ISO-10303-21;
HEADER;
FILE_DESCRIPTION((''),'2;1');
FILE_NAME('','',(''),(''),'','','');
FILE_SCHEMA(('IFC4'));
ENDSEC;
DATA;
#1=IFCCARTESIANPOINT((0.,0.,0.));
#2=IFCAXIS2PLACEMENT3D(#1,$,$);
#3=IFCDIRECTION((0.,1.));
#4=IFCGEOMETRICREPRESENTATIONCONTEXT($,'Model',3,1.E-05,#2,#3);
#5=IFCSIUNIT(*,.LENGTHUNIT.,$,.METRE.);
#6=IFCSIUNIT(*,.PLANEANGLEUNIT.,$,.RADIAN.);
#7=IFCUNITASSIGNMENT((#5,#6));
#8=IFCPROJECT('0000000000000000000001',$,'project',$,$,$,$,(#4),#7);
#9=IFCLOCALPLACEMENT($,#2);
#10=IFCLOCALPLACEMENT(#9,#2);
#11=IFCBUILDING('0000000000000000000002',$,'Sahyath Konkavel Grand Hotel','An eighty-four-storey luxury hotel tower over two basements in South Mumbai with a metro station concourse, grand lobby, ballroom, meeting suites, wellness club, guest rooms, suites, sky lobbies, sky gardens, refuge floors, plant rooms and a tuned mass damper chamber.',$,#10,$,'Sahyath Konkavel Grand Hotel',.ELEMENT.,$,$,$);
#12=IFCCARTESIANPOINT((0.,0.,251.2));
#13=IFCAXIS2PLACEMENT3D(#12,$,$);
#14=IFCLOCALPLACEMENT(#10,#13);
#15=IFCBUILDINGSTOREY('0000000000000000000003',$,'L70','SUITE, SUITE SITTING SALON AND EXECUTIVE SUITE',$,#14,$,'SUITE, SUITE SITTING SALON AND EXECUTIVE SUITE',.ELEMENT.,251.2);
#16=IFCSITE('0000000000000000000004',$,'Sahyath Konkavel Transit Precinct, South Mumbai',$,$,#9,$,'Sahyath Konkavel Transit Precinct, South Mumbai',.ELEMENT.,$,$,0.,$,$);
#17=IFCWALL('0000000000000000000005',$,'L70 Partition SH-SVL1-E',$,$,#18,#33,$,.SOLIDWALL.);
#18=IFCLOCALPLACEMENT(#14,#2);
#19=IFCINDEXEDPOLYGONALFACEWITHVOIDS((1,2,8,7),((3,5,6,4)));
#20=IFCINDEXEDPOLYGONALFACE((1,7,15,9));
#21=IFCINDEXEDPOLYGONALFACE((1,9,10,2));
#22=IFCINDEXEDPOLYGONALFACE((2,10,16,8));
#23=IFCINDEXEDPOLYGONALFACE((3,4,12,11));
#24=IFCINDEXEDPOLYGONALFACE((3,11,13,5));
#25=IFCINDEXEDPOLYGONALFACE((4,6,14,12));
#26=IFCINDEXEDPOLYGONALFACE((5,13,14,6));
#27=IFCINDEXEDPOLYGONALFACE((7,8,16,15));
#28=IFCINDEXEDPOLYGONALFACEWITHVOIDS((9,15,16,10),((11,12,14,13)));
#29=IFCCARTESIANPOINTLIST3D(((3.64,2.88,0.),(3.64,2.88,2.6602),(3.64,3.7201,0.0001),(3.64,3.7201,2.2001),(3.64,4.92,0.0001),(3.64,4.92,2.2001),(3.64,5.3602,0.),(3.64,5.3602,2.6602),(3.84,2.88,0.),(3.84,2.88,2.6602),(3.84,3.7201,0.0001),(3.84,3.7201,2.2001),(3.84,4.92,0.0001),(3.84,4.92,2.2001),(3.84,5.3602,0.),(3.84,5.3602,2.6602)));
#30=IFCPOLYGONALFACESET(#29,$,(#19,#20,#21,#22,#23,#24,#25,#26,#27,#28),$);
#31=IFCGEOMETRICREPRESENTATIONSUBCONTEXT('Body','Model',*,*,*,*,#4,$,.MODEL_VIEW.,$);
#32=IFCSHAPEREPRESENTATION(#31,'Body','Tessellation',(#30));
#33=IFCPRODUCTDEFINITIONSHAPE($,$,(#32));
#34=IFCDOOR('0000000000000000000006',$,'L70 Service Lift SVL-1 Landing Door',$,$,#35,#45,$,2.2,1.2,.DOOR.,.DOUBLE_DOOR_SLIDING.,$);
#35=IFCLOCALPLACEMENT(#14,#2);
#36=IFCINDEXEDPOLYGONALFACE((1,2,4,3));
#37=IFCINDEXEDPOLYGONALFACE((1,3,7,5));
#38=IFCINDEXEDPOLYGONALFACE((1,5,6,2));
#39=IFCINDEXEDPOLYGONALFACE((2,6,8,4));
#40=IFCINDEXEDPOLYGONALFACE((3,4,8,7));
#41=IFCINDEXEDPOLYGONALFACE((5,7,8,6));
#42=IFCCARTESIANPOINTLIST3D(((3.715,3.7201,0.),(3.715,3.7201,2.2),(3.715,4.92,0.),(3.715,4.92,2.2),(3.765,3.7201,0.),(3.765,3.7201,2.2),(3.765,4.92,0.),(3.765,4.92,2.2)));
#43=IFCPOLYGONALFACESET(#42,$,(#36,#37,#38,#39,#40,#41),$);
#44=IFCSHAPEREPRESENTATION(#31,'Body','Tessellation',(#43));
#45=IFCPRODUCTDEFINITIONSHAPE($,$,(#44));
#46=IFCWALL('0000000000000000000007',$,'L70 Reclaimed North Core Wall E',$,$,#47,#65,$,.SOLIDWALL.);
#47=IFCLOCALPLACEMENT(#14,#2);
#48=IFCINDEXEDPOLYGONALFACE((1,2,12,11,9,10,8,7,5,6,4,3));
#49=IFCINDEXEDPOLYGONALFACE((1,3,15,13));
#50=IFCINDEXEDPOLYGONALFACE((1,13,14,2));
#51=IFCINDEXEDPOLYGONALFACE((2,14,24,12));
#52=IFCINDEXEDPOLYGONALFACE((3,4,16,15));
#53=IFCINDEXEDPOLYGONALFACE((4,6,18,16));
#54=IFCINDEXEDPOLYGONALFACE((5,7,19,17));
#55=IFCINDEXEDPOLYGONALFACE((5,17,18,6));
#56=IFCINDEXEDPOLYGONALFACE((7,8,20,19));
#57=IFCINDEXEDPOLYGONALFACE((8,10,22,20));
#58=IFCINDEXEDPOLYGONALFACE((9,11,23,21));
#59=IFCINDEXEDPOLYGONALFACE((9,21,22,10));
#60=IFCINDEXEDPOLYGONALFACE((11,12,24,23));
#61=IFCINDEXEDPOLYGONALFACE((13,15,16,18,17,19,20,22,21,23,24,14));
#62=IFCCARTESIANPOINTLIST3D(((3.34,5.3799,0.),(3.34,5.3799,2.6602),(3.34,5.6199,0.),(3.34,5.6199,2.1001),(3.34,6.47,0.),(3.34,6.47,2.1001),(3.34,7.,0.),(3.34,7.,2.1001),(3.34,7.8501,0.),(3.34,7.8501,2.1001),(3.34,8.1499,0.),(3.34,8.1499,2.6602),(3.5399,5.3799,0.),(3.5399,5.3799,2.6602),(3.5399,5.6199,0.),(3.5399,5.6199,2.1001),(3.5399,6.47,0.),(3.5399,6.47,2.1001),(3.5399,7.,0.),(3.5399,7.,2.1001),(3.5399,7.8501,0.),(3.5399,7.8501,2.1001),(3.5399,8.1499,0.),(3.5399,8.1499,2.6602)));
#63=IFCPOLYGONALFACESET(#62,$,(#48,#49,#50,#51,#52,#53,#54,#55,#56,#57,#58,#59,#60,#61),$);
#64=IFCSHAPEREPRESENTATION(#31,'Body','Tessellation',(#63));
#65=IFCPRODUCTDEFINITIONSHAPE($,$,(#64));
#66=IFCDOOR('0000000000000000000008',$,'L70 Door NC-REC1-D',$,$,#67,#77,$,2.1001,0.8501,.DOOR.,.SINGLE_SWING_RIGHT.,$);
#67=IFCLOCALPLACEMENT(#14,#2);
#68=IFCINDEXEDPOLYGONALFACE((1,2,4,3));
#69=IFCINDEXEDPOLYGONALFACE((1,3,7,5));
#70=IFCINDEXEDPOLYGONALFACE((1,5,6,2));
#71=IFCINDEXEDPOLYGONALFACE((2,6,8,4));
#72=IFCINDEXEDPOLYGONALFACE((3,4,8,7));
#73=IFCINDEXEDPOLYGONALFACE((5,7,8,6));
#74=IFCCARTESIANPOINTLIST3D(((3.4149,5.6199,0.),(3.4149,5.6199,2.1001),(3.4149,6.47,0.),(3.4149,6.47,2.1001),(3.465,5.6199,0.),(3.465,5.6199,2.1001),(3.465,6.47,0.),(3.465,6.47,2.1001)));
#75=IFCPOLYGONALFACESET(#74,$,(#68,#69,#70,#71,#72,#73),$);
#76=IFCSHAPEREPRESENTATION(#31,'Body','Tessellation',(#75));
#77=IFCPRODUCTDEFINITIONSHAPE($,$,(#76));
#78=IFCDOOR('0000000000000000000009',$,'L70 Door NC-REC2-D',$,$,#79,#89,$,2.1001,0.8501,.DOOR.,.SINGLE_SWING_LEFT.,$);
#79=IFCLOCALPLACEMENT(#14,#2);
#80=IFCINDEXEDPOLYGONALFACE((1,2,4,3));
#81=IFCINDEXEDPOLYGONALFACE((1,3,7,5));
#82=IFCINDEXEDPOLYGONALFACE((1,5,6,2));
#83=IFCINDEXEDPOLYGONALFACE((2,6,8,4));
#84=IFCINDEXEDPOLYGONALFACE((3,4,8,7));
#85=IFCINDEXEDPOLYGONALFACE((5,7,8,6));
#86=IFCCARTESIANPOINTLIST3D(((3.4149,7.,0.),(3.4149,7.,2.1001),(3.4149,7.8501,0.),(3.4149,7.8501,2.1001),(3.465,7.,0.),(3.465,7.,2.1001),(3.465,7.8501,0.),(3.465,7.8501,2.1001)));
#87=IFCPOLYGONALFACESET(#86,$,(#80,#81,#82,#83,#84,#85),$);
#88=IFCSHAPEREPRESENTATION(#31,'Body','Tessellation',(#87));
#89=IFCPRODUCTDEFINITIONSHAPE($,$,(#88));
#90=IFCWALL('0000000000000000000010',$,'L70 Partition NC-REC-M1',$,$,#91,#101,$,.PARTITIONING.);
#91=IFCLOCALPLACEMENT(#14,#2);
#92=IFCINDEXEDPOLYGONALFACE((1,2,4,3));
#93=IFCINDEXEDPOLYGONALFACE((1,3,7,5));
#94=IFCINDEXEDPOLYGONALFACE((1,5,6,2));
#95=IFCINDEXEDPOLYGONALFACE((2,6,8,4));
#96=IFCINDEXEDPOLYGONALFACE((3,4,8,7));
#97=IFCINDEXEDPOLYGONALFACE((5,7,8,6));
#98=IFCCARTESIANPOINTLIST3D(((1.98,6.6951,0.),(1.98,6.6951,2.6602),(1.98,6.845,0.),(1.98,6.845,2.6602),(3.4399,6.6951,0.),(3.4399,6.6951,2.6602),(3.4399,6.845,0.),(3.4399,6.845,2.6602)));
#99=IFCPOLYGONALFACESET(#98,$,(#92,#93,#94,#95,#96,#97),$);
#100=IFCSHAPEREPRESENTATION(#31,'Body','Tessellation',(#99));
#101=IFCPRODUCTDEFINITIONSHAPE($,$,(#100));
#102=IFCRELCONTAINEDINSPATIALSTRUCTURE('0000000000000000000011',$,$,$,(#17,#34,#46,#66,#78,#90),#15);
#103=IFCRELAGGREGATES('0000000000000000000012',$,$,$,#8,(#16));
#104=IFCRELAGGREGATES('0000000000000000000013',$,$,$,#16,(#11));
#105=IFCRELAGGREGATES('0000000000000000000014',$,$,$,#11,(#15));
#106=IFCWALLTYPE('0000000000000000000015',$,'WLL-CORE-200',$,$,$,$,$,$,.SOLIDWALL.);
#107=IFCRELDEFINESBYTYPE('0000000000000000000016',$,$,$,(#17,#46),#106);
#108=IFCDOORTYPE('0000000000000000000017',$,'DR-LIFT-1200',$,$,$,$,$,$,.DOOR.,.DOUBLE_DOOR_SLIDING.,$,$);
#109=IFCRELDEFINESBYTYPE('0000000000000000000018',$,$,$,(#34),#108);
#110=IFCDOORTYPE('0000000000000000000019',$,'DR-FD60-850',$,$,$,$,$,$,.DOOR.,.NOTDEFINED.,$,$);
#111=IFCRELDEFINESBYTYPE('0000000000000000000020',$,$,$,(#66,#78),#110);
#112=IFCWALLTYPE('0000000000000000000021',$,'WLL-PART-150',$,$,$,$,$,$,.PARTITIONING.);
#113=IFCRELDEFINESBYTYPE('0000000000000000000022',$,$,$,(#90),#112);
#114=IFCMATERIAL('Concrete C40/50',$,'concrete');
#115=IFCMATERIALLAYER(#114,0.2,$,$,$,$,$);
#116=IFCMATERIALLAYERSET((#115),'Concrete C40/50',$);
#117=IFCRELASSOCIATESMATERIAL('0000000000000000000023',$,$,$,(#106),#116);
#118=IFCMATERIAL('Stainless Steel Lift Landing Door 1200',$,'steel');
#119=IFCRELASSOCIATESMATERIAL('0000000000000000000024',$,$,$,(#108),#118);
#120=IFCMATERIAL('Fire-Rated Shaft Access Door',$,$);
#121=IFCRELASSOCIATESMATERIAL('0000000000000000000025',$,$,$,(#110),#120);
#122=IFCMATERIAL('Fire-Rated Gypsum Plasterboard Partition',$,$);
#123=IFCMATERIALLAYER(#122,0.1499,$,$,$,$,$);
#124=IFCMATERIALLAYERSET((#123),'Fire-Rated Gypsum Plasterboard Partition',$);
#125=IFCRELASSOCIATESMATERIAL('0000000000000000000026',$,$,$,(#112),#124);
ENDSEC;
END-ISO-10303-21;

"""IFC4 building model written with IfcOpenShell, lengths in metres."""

from ifc_helpers import new_model, si_unit, direction, frame, frame_2d, origin, origin_2d, place, context, subcontext, project, spatial, rectangle, extrude, source, transform, mapped, material, layer, layer_set, type_object, element, fill, save


model = new_model("IFC4")

# Units and contexts
model_context = context("Model", 3, precision=1e-05, world=origin(), true_north=direction((0.0, 1.0)))
body_context = subcontext(model_context, "Body", "Model", "MODEL_VIEW")
ifc_project = project(units=[si_unit("LENGTHUNIT", "METRE"), si_unit("PLANEANGLEUNIT", "RADIAN")], contexts=[model_context])

# Site, building, storey
site_placement = place(None, origin())
site = spatial("IfcSite", under=ifc_project, at=site_placement, Name="Sahyath Konkavel Transit Precinct, South Mumbai", LongName="Sahyath Konkavel Transit Precinct, South Mumbai", CompositionType="ELEMENT", RefElevation=0.0)
building_placement = place(site_placement, origin())
building = spatial("IfcBuilding", under=site, at=building_placement, Name="Sahyath Konkavel Grand Hotel", Description="An eighty-four-storey luxury hotel tower over two basements in South Mumbai with a metro station concourse, grand lobby, ballroom, meeting suites, wellness club, guest rooms, suites, sky lobbies, sky gardens, refuge floors, plant rooms and a tuned mass damper chamber.", LongName="Sahyath Konkavel Grand Hotel", CompositionType="ELEMENT")
storey_placement = place(building_placement, frame((0.0, 0.0, 251.2)))
storey = spatial("IfcBuildingStorey", under=building, at=storey_placement, Name="L70", Description="SUITE, SUITE SITTING SALON AND EXECUTIVE SUITE", LongName="SUITE, SUITE SITTING SALON AND EXECUTIVE SUITE", CompositionType="ELEMENT", Elevation=251.2)

# Shared definitions
ifc_material_1 = material(Name="Concrete C40/50", Category="concrete")

# Shared definitions
ifc_layer_1 = layer(ifc_material_1, 0.2)
ifc_layer_set_1 = layer_set([ifc_layer_1], Name="Concrete C40/50")
wall_type_1 = type_object("IfcWallType", Name="WLL-CORE-200", PredefinedType="SOLIDWALL", material=ifc_layer_set_1)
shared_shape_1 = source(origin(), body_context, "Body", "SweptSolid", [
    extrude(rectangle(XDim=0.8501, YDim=0.05, at=origin_2d()), origin(), (0.0, 0.0, 1.0), 2.1001),
])

# Wall, opening, door
wall_1_placement = place(storey_placement, frame((3.74, 2.8799, 0.0), z_axis=(0.0, 0.0, 1.0), x_axis=(0.0, 1.0, 0.0)))
wall_1 = element("IfcWall", 1, at=wall_1_placement, inside=storey, type_object=wall_type_1, Name="L70 Partition SH-SVL1-E", PredefinedType="SOLIDWALL", context=body_context, shape_type="SweptSolid", body=[
    extrude(rectangle(XDim=2.4802, YDim=0.2, at=frame_2d((1.2402, 0.0))), origin(), (0.0, 0.0, 1.0), 2.6602),
])
opening_1_placement = place(wall_1_placement, frame((0.8401, 0.0, 0.0)))
opening_1 = element("IfcOpeningElement", 2, at=opening_1_placement, cuts=wall_1, PredefinedType="OPENING", context=body_context, shape_type="SweptSolid", body=[
    extrude(rectangle(XDim=1.2, YDim=2.2, at=frame_2d((0.6001, 1.1001))), frame((0.0, 0.1099, 0.0), z_axis=(0.0, -1.0, 0.0), x_axis=(1.0, 0.0, 0.0)), (0.0, 0.0, 1.0), 0.22),
])
ifc_material_2 = material(Name="Stainless Steel Lift Landing Door 1200", Category="steel")
door_type_1 = type_object("IfcDoorType", Name="DR-LIFT-1200", OperationType="DOUBLE_DOOR_SLIDING", PredefinedType="DOOR", material=ifc_material_2)
shared_shape_2 = source(origin(), body_context, "Body", "SweptSolid", [
    extrude(rectangle(XDim=1.2, YDim=0.05, at=origin_2d()), origin(), (0.0, 0.0, 1.0), 2.2),
])
door_1_placement = place(opening_1_placement, frame((0.6001, 0.0, 0.0)))
door_1 = element("IfcDoor", 3, at=door_1_placement, inside=storey, type_object=door_type_1, Name="L70 Service Lift SVL-1 Landing Door", OperationType="DOUBLE_DOOR_SLIDING", OverallHeight=2.2, OverallWidth=1.2, PredefinedType="DOOR", context=body_context, shape_type="MappedRepresentation", body=[
    mapped(shared_shape_2, transform((0.0, 0.0, 0.0), scale=1.0)),
])
fill(opening_1, door_1)

# Wall, openings, doors
wall_2_placement = place(storey_placement, frame((3.4399, 5.3799, 0.0), z_axis=(0.0, 0.0, 1.0), x_axis=(0.0, 1.0, 0.0)))
wall_2 = element("IfcWall", 4, at=wall_2_placement, inside=storey, type_object=wall_type_1, Name="L70 Reclaimed North Core Wall E", PredefinedType="SOLIDWALL", context=body_context, shape_type="SweptSolid", body=[
    extrude(rectangle(XDim=2.77, YDim=0.2, at=frame_2d((1.385, 0.0))), origin(), (0.0, 0.0, 1.0), 2.6602),
])
opening_2_placement = place(wall_2_placement, frame((0.24, 0.0, 0.0)))
opening_2 = element("IfcOpeningElement", 5, at=opening_2_placement, cuts=wall_2, PredefinedType="OPENING", context=body_context, shape_type="SweptSolid", body=[
    extrude(rectangle(XDim=0.8501, YDim=2.1001, at=frame_2d((0.425, 1.05))), frame((0.0, 0.1099, 0.0), z_axis=(0.0, -1.0, 0.0), x_axis=(1.0, 0.0, 0.0)), (0.0, 0.0, 1.0), 0.22),
])
opening_3_placement = place(wall_2_placement, frame((1.6201, 0.0, 0.0)))
opening_3 = element("IfcOpeningElement", 6, at=opening_3_placement, cuts=wall_2, PredefinedType="OPENING", context=body_context, shape_type="SweptSolid", body=[
    extrude(rectangle(XDim=0.8501, YDim=2.1001, at=frame_2d((0.425, 1.05))), frame((0.0, 0.1099, 0.0), z_axis=(0.0, -1.0, 0.0), x_axis=(1.0, 0.0, 0.0)), (0.0, 0.0, 1.0), 0.22),
])
ifc_material_3 = material(Name="Fire-Rated Shaft Access Door")
door_type_2 = type_object("IfcDoorType", Name="DR-FD60-850", OperationType="NOTDEFINED", PredefinedType="DOOR", material=ifc_material_3)
door_2_placement = place(opening_2_placement, frame((0.425, 0.0, 0.0)))
door_2 = element("IfcDoor", 7, at=door_2_placement, inside=storey, type_object=door_type_2, Name="L70 Door NC-REC1-D", OperationType="SINGLE_SWING_RIGHT", OverallHeight=2.1001, OverallWidth=0.8501, PredefinedType="DOOR", context=body_context, shape_type="MappedRepresentation", body=[
    mapped(shared_shape_1, transform((0.0, 0.0, 0.0), scale=1.0)),
])
fill(opening_2, door_2)
door_3_placement = place(opening_3_placement, frame((0.425, 0.0, 0.0)))
door_3 = element("IfcDoor", 8, at=door_3_placement, inside=storey, type_object=door_type_2, Name="L70 Door NC-REC2-D", OperationType="SINGLE_SWING_LEFT", OverallHeight=2.1001, OverallWidth=0.8501, PredefinedType="DOOR", context=body_context, shape_type="MappedRepresentation", body=[
    mapped(shared_shape_1, transform((0.0, 0.0, 0.0), scale=1.0)),
])
fill(opening_3, door_3)

# Wall
ifc_material_4 = material(Name="Fire-Rated Gypsum Plasterboard Partition")
ifc_layer_2 = layer(ifc_material_4, 0.1499)
ifc_layer_set_2 = layer_set([ifc_layer_2], Name="Fire-Rated Gypsum Plasterboard Partition")
wall_type_2 = type_object("IfcWallType", Name="WLL-PART-150", PredefinedType="PARTITIONING", material=ifc_layer_set_2)
wall_3_placement = place(storey_placement, frame((1.98, 6.77, 0.0), z_axis=(0.0, 0.0, 1.0), x_axis=(1.0, 0.0, 0.0)))
element("IfcWall", 9, at=wall_3_placement, inside=storey, type_object=wall_type_2, Name="L70 Partition NC-REC-M1", PredefinedType="PARTITIONING", context=body_context, shape_type="SweptSolid", body=[
    extrude(rectangle(XDim=1.46, YDim=0.1499, at=frame_2d((0.73, 0.0))), origin(), (0.0, 0.0, 1.0), 2.6602),
])

save(model, "model.ifc")
